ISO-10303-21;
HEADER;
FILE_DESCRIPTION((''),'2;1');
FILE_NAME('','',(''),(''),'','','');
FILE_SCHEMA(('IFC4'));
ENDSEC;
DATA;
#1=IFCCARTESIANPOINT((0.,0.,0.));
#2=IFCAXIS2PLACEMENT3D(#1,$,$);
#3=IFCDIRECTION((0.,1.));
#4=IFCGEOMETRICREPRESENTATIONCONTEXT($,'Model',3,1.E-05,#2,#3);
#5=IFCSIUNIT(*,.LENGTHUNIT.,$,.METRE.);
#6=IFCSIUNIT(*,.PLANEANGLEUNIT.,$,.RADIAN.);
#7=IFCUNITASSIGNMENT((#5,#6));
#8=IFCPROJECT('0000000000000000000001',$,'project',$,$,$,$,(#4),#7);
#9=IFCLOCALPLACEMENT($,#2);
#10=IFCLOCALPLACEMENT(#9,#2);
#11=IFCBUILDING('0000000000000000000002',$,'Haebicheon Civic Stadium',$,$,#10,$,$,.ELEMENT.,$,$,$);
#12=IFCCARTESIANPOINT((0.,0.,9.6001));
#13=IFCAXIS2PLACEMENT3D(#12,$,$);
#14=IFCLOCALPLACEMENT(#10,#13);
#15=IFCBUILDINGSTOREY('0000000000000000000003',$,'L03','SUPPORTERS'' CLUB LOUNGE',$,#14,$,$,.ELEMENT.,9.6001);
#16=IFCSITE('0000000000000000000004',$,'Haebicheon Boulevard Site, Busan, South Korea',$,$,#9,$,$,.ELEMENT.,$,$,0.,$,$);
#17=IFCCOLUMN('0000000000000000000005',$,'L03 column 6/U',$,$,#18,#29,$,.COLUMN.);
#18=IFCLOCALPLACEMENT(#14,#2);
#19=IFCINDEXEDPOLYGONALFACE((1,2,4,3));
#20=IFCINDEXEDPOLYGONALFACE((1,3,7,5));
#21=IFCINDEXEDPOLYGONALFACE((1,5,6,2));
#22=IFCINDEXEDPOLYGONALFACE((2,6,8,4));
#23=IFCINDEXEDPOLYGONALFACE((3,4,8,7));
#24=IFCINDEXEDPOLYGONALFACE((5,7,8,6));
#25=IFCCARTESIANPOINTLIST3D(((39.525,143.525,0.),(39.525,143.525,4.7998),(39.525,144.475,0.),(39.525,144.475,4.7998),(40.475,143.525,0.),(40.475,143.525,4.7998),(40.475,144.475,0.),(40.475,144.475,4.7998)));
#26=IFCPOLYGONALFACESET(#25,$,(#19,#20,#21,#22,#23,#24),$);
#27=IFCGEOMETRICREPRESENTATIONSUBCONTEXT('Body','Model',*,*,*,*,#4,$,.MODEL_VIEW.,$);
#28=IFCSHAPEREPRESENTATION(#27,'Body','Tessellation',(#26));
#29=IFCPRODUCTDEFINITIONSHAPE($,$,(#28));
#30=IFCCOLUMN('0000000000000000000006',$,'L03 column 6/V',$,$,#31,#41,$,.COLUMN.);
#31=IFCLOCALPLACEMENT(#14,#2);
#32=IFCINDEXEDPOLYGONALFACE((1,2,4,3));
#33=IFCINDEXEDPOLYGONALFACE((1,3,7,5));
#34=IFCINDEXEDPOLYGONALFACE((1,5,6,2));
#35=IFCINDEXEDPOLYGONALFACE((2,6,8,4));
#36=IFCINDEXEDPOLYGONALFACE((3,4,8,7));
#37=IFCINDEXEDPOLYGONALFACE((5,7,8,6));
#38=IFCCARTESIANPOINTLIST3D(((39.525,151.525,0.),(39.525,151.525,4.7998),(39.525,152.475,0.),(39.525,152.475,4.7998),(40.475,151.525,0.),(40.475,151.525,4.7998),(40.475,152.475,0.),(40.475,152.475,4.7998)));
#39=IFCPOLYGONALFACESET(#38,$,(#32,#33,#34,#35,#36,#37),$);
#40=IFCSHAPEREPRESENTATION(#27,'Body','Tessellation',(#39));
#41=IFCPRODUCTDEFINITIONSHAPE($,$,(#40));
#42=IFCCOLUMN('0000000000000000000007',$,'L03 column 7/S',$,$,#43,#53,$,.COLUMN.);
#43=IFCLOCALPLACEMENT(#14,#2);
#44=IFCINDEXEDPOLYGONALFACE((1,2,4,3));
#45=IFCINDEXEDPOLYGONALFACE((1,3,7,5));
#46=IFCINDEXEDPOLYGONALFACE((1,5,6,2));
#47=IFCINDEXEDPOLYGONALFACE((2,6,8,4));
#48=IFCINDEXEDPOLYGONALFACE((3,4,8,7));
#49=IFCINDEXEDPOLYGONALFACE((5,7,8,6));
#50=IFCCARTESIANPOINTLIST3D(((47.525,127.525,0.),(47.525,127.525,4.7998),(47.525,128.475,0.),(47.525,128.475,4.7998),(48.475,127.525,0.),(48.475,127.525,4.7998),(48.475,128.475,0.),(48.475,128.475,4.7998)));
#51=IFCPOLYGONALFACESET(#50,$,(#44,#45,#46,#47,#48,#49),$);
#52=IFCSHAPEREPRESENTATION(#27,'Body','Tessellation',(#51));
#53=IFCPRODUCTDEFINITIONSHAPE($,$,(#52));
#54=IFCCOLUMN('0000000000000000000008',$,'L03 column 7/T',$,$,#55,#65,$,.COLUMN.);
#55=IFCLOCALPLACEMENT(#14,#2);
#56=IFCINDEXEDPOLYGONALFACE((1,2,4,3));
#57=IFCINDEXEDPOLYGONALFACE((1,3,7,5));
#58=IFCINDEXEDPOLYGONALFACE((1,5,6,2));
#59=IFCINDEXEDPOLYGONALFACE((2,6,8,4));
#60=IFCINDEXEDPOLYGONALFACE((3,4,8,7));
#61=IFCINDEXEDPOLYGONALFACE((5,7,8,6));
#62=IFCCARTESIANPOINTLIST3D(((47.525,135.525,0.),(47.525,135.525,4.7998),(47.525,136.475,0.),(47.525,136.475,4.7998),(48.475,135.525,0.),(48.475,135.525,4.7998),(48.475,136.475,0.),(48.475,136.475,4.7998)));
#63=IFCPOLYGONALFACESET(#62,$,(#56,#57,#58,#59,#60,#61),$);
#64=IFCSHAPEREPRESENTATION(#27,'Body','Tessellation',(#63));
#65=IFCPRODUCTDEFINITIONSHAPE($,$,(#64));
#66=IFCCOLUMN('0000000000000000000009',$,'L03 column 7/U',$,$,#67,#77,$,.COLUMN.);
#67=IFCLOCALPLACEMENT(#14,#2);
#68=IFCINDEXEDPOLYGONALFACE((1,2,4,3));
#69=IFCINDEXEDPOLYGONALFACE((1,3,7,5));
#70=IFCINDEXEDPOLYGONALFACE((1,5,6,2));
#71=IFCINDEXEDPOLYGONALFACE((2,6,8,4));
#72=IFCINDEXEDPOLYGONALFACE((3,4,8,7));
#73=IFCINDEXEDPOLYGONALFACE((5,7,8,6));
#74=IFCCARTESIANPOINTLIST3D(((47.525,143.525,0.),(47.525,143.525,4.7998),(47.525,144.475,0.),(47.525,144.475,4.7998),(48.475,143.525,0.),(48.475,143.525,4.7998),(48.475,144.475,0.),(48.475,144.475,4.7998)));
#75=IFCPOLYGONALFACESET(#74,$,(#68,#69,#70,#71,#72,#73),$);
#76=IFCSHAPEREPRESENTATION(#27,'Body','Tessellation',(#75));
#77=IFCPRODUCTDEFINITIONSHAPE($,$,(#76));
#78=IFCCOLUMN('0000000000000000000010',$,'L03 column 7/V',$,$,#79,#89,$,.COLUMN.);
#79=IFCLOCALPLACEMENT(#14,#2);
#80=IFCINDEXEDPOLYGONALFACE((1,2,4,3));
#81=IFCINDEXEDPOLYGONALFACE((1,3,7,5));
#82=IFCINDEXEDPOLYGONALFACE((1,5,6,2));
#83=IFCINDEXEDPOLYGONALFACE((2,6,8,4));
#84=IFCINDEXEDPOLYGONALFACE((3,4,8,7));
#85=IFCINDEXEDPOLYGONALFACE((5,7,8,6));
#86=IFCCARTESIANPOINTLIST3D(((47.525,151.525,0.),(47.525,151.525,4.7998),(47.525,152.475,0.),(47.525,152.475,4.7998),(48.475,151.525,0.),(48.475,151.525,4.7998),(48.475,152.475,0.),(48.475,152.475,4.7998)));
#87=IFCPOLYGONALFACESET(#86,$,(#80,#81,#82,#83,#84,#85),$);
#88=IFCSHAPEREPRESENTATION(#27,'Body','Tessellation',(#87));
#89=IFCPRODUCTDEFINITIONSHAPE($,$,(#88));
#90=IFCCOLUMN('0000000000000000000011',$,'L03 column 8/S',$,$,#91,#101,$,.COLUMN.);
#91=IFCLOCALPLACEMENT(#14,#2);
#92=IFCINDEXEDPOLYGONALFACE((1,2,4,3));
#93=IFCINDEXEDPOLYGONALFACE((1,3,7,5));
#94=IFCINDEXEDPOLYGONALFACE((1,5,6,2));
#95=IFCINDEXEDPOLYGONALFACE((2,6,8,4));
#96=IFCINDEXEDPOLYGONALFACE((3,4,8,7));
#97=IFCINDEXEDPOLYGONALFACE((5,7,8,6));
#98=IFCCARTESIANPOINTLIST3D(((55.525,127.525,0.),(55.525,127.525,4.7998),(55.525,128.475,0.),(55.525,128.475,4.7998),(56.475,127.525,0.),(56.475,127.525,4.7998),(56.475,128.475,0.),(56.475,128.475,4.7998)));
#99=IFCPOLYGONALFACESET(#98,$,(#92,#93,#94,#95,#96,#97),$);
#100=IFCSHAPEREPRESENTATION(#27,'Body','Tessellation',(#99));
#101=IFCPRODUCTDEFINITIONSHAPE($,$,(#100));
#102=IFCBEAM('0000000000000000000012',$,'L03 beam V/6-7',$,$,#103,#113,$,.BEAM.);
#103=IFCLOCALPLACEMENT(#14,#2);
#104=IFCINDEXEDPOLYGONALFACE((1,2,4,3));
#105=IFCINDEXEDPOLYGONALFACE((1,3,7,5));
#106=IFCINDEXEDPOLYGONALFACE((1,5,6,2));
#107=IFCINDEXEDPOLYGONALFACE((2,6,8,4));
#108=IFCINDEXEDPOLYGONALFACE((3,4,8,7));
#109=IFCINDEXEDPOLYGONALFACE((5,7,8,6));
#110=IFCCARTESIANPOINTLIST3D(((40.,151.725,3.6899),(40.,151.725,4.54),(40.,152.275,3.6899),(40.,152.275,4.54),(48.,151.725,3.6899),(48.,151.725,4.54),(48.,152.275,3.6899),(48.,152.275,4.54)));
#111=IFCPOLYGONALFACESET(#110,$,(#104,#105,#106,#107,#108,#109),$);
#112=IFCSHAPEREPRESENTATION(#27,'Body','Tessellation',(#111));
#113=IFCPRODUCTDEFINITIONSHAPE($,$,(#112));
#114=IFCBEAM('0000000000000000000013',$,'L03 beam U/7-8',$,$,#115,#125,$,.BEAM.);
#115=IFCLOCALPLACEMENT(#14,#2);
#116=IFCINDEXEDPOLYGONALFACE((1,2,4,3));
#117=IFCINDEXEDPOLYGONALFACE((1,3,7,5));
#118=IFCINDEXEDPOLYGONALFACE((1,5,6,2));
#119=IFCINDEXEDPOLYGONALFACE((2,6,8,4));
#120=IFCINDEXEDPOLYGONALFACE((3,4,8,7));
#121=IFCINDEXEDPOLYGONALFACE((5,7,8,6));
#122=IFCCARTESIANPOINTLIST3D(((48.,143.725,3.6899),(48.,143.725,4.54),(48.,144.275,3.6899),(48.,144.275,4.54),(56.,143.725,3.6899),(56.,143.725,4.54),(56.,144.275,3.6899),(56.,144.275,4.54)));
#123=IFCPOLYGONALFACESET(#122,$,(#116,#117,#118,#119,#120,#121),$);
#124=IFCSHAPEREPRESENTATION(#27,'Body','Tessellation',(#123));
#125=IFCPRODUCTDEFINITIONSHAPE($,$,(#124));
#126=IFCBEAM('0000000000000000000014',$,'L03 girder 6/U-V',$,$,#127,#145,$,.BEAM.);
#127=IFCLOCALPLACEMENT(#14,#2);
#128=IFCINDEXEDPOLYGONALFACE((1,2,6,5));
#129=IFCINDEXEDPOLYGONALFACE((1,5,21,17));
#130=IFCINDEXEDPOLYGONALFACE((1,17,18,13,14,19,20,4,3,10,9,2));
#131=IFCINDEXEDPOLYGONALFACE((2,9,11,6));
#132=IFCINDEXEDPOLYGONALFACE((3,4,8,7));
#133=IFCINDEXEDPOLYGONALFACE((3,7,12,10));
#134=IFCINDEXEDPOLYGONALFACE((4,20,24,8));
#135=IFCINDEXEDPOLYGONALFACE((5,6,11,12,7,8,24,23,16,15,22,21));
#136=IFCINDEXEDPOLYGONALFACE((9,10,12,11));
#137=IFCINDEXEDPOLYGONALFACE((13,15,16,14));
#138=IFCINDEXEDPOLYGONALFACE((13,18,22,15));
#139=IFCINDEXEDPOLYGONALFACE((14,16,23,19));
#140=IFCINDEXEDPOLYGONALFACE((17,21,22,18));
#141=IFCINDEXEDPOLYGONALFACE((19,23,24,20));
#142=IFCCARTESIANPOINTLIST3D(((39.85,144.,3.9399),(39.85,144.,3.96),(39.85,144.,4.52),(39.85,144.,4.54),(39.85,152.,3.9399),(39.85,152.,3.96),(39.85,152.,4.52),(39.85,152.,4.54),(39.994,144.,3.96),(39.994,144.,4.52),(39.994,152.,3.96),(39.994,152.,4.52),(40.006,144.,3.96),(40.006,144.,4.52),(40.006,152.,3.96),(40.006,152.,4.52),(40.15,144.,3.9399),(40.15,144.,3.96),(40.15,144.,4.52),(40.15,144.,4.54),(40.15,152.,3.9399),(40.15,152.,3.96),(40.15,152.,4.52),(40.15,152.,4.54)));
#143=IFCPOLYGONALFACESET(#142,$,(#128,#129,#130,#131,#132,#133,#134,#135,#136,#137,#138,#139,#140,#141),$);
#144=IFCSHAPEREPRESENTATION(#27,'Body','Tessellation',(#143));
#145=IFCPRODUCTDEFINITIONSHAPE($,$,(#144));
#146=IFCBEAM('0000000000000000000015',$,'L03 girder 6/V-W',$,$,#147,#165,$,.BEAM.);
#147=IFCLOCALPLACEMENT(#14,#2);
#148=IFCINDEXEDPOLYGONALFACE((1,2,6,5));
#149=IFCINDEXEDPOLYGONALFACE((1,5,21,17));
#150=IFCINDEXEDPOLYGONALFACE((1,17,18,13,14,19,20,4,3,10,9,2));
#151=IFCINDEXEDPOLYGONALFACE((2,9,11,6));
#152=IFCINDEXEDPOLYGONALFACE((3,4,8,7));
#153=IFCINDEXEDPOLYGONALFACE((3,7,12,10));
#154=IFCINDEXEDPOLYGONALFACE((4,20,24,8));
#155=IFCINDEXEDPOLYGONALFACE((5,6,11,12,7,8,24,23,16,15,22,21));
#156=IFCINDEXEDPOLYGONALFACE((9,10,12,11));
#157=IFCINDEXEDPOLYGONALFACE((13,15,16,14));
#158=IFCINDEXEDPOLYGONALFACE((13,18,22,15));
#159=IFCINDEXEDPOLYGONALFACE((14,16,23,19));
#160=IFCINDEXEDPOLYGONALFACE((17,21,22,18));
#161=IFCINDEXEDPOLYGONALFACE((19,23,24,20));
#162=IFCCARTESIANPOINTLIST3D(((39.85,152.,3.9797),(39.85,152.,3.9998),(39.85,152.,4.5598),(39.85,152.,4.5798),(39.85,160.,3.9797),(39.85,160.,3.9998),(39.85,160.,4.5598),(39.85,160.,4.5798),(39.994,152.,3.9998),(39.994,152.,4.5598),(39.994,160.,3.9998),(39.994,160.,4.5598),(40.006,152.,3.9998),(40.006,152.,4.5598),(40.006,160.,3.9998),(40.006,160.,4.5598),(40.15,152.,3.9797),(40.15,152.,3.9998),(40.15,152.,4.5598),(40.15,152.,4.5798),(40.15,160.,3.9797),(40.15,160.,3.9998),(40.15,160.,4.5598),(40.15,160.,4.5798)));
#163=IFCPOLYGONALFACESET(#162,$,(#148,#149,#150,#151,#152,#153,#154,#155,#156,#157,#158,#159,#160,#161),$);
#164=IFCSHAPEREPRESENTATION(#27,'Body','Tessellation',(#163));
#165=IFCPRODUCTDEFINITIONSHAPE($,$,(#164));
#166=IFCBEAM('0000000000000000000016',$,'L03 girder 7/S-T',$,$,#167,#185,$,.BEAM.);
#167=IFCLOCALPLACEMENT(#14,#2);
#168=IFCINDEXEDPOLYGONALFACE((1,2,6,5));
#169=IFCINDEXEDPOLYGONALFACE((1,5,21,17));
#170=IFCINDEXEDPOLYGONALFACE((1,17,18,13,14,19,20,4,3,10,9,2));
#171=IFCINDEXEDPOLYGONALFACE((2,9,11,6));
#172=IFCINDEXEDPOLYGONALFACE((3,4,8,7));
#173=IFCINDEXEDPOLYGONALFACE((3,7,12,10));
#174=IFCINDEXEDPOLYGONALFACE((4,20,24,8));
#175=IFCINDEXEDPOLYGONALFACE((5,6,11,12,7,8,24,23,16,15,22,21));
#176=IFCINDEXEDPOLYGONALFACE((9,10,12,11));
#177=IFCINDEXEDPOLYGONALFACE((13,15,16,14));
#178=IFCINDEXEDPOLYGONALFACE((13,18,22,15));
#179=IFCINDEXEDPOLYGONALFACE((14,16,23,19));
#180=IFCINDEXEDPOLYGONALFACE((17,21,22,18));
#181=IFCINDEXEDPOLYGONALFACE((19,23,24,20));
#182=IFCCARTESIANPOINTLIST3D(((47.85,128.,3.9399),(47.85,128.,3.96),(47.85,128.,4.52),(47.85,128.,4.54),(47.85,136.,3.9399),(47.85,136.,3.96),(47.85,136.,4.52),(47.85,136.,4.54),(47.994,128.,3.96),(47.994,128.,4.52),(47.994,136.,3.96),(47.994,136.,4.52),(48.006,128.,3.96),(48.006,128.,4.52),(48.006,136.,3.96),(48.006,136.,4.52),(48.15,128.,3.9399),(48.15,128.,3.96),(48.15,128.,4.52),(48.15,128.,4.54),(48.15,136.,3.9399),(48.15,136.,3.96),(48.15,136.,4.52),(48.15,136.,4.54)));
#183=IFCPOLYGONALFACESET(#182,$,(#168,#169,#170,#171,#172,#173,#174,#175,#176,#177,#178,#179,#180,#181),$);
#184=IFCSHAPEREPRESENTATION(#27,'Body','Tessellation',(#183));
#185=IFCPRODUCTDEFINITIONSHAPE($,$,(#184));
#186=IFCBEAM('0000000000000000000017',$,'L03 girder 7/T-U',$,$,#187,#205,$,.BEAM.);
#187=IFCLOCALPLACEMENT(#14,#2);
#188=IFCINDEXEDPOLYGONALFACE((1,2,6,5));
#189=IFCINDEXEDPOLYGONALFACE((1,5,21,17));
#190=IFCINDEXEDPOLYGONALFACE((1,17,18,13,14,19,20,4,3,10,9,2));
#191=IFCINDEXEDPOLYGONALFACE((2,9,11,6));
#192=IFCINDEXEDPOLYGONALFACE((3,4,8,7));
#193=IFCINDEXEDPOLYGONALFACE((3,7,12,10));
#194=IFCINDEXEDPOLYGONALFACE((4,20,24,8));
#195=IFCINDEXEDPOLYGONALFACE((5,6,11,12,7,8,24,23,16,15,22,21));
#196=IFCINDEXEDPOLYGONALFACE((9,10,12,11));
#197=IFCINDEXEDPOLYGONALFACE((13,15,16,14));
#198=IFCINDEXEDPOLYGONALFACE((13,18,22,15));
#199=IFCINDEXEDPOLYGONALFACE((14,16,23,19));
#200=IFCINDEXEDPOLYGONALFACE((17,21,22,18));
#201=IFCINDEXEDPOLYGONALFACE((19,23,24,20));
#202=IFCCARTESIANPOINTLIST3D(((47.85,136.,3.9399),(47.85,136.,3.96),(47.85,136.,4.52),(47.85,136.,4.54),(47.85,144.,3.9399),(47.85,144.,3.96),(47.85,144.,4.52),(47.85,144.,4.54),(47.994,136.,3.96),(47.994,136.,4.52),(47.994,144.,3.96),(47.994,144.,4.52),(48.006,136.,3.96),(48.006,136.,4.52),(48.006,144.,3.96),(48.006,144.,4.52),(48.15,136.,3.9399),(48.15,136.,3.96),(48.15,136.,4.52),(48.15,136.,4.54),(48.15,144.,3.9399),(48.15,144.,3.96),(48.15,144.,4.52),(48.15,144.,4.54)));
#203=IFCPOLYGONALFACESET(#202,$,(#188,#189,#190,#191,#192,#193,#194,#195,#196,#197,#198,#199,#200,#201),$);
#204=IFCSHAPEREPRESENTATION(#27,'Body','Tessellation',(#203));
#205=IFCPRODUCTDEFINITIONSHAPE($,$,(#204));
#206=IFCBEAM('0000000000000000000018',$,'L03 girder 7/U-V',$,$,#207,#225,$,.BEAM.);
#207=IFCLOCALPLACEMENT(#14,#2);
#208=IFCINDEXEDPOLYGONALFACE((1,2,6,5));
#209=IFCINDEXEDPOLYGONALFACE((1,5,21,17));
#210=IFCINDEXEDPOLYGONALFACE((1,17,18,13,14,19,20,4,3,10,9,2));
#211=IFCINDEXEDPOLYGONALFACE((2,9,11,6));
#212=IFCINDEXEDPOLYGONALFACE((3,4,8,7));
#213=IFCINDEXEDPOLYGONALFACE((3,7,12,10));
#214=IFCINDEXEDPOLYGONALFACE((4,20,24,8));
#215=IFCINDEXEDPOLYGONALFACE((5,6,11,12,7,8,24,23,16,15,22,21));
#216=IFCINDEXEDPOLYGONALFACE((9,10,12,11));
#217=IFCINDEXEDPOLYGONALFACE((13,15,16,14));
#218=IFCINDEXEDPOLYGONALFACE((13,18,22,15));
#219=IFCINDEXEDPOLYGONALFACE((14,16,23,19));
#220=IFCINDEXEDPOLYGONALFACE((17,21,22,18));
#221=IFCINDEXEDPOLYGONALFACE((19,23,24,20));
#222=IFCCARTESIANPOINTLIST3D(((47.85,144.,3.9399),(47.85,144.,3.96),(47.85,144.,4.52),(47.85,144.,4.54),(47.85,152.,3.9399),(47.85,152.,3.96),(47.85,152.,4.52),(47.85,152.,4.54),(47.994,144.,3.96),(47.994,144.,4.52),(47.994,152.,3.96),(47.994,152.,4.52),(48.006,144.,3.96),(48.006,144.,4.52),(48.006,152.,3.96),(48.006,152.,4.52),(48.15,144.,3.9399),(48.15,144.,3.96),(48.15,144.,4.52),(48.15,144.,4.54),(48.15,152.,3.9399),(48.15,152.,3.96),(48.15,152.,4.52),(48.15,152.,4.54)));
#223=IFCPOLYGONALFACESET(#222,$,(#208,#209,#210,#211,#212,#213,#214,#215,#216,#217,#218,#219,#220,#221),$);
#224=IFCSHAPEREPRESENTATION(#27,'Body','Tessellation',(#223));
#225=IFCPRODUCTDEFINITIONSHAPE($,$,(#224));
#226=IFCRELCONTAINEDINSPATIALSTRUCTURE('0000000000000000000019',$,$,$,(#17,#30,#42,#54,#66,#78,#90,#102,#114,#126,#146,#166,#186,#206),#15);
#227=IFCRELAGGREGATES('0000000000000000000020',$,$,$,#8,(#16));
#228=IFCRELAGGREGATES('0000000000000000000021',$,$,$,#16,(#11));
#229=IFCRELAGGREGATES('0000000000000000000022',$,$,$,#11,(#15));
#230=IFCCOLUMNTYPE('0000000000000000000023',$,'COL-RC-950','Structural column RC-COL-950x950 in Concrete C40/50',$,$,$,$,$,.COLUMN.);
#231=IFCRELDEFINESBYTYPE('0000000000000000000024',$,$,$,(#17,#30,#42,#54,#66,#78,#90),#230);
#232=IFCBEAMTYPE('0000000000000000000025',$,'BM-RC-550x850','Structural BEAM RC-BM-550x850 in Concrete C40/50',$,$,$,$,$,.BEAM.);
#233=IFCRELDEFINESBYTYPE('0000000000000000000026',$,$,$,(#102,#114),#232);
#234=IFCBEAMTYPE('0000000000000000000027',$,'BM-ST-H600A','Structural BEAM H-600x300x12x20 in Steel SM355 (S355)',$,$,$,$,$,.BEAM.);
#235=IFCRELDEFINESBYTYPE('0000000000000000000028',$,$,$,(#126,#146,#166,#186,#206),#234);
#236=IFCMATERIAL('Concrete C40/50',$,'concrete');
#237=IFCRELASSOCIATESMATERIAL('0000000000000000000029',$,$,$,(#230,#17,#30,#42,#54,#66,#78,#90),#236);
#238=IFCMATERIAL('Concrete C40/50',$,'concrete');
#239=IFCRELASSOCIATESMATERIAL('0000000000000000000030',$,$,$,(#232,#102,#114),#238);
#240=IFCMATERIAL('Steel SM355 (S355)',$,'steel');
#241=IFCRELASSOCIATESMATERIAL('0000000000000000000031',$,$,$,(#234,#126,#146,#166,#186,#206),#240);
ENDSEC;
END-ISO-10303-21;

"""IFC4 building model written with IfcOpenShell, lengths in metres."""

from ifc_helpers import new_model, si_unit, direction, frame, origin, origin_2d, place, context, subcontext, project, spatial, rectangle, i_section, extrude, material, material_profile, profile_set, type_object, element, save


model = new_model("IFC4")

# Units and contexts
model_context = context("Model", 3, precision=1e-05, world=origin(), true_north=direction((0.0, 1.0)))
body_context = subcontext(model_context, "Body", "Model", "MODEL_VIEW")
ifc_project = project(units=[si_unit("LENGTHUNIT", "METRE"), si_unit("PLANEANGLEUNIT", "RADIAN")], contexts=[model_context])

# Site, building, storey
site_placement = place(None, origin())
site = spatial("IfcSite", under=ifc_project, at=site_placement, Name="Haebicheon Boulevard Site, Busan, South Korea", CompositionType="ELEMENT", RefElevation=0.0)
building_placement = place(site_placement, origin())
building = spatial("IfcBuilding", under=site, at=building_placement, Name="Haebicheon Civic Stadium", CompositionType="ELEMENT")
storey_placement = place(building_placement, frame((0.0, 0.0, 9.6001)))
storey = spatial("IfcBuildingStorey", under=building, at=storey_placement, Name="L03", Description="SUPPORTERS' CLUB LOUNGE", CompositionType="ELEMENT", Elevation=9.6001)

# Columns
ifc_material_1 = material(Name="Concrete C40/50", Category="concrete")
ifc_material_profile_1 = material_profile(ifc_material_1, rectangle(XDim=0.95, YDim=0.95, at=origin_2d()), Name="RC-COL-950x950")
ifc_profile_set_1 = profile_set([ifc_material_profile_1], Name="Concrete C40/50")
column_type = type_object("IfcColumnType", Name="COL-RC-950", Description="Structural column RC-COL-950x950 in Concrete C40/50", PredefinedType="COLUMN", material=ifc_profile_set_1)
for number, where, z_axis, x_axis, name in (
    (1, (40.0, 144.0, 0.0), (0.0, 0.0, 1.0), (1.0, 0.0, 0.0), "L03 column 6/U"),
    (2, (40.0, 152.0, 0.0), (0.0, 0.0, 1.0), (1.0, 0.0, 0.0), "L03 column 6/V"),
    (3, (48.0, 128.0, 0.0), (0.0, 0.0, 1.0), (1.0, 0.0, 0.0), "L03 column 7/S"),
    (4, (48.0, 136.0, 0.0), (0.0, 0.0, 1.0), (1.0, 0.0, 0.0), "L03 column 7/T"),
    (5, (48.0, 144.0, 0.0), (0.0, 0.0, 1.0), (1.0, 0.0, 0.0), "L03 column 7/U"),
    (6, (48.0, 152.0, 0.0), (0.0, 0.0, 1.0), (1.0, 0.0, 0.0), "L03 column 7/V"),
    (7, (56.0, 128.0, 0.0), (0.0, 0.0, 1.0), (1.0, 0.0, 0.0), "L03 column 8/S"),
):
    element("IfcColumn", number, at=place(storey_placement, frame(where, z_axis=z_axis, x_axis=x_axis)), inside=storey, type_object=column_type, material=ifc_profile_set_1, Name=name, PredefinedType="COLUMN", context=body_context, shape_type="SweptSolid", body=[
        extrude(rectangle(XDim=0.95, YDim=0.95, at=origin_2d()), origin(), (0.0, 0.0, 1.0), 4.7998),
    ])

# Beams
ifc_material_2 = material(Name="Concrete C40/50", Category="concrete")
ifc_material_profile_2 = material_profile(ifc_material_2, rectangle(XDim=0.55, YDim=0.8501, at=origin_2d()), Name="RC-BM-550x850")
ifc_profile_set_2 = profile_set([ifc_material_profile_2], Name="Concrete C40/50")
beam_type_1 = type_object("IfcBeamType", Name="BM-RC-550x850", Description="Structural BEAM RC-BM-550x850 in Concrete C40/50", PredefinedType="BEAM", material=ifc_profile_set_2)
for number, where, z_axis, x_axis, name in (
    (8, (40.0, 152.0, 4.115), (1.0, 0.0, 0.0), (0.0, 1.0, 0.0), "L03 beam V/6-7"),
    (9, (48.0, 144.0, 4.115), (1.0, 0.0, 0.0), (0.0, 1.0, 0.0), "L03 beam U/7-8"),
):
    element("IfcBeam", number, at=place(storey_placement, frame(where, z_axis=z_axis, x_axis=x_axis)), inside=storey, type_object=beam_type_1, material=ifc_profile_set_2, Name=name, PredefinedType="BEAM", context=body_context, shape_type="SweptSolid", body=[
        extrude(rectangle(XDim=0.55, YDim=0.8501, at=origin_2d()), origin(), (0.0, 0.0, 1.0), 8.0),
    ])
ifc_material_3 = material(Name="Steel SM355 (S355)", Category="steel")
ifc_material_profile_3 = material_profile(ifc_material_3, i_section(OverallWidth=0.3, OverallDepth=0.6001, WebThickness=0.012, FlangeThickness=0.02, at=origin_2d()), Name="H-600x300x12x20")
ifc_profile_set_3 = profile_set([ifc_material_profile_3], Name="Steel SM355 (S355)")
beam_type_2 = type_object("IfcBeamType", Name="BM-ST-H600A", Description="Structural BEAM H-600x300x12x20 in Steel SM355 (S355)", PredefinedType="BEAM", material=ifc_profile_set_3)
for number, where, z_axis, x_axis, name in (
    (10, (40.0, 144.0, 4.24), (0.0, 1.0, 0.0), (-1.0, 0.0, 0.0), "L03 girder 6/U-V"),
    (11, (40.0, 152.0, 4.2798), (0.0, 1.0, 0.0), (-1.0, 0.0, 0.0), "L03 girder 6/V-W"),
    (12, (48.0, 128.0, 4.24), (0.0, 1.0, 0.0), (-1.0, 0.0, 0.0), "L03 girder 7/S-T"),
    (13, (48.0, 136.0, 4.24), (0.0, 1.0, 0.0), (-1.0, 0.0, 0.0), "L03 girder 7/T-U"),
    (14, (48.0, 144.0, 4.24), (0.0, 1.0, 0.0), (-1.0, 0.0, 0.0), "L03 girder 7/U-V"),
):
    element("IfcBeam", number, at=place(storey_placement, frame(where, z_axis=z_axis, x_axis=x_axis)), inside=storey, type_object=beam_type_2, material=ifc_profile_set_3, Name=name, PredefinedType="BEAM", context=body_context, shape_type="SweptSolid", body=[
        extrude(i_section(OverallWidth=0.3, OverallDepth=0.6001, WebThickness=0.012, FlangeThickness=0.02, at=origin_2d()), origin(), (0.0, 0.0, 1.0), 8.0),
    ])

save(model, "model.ifc")
